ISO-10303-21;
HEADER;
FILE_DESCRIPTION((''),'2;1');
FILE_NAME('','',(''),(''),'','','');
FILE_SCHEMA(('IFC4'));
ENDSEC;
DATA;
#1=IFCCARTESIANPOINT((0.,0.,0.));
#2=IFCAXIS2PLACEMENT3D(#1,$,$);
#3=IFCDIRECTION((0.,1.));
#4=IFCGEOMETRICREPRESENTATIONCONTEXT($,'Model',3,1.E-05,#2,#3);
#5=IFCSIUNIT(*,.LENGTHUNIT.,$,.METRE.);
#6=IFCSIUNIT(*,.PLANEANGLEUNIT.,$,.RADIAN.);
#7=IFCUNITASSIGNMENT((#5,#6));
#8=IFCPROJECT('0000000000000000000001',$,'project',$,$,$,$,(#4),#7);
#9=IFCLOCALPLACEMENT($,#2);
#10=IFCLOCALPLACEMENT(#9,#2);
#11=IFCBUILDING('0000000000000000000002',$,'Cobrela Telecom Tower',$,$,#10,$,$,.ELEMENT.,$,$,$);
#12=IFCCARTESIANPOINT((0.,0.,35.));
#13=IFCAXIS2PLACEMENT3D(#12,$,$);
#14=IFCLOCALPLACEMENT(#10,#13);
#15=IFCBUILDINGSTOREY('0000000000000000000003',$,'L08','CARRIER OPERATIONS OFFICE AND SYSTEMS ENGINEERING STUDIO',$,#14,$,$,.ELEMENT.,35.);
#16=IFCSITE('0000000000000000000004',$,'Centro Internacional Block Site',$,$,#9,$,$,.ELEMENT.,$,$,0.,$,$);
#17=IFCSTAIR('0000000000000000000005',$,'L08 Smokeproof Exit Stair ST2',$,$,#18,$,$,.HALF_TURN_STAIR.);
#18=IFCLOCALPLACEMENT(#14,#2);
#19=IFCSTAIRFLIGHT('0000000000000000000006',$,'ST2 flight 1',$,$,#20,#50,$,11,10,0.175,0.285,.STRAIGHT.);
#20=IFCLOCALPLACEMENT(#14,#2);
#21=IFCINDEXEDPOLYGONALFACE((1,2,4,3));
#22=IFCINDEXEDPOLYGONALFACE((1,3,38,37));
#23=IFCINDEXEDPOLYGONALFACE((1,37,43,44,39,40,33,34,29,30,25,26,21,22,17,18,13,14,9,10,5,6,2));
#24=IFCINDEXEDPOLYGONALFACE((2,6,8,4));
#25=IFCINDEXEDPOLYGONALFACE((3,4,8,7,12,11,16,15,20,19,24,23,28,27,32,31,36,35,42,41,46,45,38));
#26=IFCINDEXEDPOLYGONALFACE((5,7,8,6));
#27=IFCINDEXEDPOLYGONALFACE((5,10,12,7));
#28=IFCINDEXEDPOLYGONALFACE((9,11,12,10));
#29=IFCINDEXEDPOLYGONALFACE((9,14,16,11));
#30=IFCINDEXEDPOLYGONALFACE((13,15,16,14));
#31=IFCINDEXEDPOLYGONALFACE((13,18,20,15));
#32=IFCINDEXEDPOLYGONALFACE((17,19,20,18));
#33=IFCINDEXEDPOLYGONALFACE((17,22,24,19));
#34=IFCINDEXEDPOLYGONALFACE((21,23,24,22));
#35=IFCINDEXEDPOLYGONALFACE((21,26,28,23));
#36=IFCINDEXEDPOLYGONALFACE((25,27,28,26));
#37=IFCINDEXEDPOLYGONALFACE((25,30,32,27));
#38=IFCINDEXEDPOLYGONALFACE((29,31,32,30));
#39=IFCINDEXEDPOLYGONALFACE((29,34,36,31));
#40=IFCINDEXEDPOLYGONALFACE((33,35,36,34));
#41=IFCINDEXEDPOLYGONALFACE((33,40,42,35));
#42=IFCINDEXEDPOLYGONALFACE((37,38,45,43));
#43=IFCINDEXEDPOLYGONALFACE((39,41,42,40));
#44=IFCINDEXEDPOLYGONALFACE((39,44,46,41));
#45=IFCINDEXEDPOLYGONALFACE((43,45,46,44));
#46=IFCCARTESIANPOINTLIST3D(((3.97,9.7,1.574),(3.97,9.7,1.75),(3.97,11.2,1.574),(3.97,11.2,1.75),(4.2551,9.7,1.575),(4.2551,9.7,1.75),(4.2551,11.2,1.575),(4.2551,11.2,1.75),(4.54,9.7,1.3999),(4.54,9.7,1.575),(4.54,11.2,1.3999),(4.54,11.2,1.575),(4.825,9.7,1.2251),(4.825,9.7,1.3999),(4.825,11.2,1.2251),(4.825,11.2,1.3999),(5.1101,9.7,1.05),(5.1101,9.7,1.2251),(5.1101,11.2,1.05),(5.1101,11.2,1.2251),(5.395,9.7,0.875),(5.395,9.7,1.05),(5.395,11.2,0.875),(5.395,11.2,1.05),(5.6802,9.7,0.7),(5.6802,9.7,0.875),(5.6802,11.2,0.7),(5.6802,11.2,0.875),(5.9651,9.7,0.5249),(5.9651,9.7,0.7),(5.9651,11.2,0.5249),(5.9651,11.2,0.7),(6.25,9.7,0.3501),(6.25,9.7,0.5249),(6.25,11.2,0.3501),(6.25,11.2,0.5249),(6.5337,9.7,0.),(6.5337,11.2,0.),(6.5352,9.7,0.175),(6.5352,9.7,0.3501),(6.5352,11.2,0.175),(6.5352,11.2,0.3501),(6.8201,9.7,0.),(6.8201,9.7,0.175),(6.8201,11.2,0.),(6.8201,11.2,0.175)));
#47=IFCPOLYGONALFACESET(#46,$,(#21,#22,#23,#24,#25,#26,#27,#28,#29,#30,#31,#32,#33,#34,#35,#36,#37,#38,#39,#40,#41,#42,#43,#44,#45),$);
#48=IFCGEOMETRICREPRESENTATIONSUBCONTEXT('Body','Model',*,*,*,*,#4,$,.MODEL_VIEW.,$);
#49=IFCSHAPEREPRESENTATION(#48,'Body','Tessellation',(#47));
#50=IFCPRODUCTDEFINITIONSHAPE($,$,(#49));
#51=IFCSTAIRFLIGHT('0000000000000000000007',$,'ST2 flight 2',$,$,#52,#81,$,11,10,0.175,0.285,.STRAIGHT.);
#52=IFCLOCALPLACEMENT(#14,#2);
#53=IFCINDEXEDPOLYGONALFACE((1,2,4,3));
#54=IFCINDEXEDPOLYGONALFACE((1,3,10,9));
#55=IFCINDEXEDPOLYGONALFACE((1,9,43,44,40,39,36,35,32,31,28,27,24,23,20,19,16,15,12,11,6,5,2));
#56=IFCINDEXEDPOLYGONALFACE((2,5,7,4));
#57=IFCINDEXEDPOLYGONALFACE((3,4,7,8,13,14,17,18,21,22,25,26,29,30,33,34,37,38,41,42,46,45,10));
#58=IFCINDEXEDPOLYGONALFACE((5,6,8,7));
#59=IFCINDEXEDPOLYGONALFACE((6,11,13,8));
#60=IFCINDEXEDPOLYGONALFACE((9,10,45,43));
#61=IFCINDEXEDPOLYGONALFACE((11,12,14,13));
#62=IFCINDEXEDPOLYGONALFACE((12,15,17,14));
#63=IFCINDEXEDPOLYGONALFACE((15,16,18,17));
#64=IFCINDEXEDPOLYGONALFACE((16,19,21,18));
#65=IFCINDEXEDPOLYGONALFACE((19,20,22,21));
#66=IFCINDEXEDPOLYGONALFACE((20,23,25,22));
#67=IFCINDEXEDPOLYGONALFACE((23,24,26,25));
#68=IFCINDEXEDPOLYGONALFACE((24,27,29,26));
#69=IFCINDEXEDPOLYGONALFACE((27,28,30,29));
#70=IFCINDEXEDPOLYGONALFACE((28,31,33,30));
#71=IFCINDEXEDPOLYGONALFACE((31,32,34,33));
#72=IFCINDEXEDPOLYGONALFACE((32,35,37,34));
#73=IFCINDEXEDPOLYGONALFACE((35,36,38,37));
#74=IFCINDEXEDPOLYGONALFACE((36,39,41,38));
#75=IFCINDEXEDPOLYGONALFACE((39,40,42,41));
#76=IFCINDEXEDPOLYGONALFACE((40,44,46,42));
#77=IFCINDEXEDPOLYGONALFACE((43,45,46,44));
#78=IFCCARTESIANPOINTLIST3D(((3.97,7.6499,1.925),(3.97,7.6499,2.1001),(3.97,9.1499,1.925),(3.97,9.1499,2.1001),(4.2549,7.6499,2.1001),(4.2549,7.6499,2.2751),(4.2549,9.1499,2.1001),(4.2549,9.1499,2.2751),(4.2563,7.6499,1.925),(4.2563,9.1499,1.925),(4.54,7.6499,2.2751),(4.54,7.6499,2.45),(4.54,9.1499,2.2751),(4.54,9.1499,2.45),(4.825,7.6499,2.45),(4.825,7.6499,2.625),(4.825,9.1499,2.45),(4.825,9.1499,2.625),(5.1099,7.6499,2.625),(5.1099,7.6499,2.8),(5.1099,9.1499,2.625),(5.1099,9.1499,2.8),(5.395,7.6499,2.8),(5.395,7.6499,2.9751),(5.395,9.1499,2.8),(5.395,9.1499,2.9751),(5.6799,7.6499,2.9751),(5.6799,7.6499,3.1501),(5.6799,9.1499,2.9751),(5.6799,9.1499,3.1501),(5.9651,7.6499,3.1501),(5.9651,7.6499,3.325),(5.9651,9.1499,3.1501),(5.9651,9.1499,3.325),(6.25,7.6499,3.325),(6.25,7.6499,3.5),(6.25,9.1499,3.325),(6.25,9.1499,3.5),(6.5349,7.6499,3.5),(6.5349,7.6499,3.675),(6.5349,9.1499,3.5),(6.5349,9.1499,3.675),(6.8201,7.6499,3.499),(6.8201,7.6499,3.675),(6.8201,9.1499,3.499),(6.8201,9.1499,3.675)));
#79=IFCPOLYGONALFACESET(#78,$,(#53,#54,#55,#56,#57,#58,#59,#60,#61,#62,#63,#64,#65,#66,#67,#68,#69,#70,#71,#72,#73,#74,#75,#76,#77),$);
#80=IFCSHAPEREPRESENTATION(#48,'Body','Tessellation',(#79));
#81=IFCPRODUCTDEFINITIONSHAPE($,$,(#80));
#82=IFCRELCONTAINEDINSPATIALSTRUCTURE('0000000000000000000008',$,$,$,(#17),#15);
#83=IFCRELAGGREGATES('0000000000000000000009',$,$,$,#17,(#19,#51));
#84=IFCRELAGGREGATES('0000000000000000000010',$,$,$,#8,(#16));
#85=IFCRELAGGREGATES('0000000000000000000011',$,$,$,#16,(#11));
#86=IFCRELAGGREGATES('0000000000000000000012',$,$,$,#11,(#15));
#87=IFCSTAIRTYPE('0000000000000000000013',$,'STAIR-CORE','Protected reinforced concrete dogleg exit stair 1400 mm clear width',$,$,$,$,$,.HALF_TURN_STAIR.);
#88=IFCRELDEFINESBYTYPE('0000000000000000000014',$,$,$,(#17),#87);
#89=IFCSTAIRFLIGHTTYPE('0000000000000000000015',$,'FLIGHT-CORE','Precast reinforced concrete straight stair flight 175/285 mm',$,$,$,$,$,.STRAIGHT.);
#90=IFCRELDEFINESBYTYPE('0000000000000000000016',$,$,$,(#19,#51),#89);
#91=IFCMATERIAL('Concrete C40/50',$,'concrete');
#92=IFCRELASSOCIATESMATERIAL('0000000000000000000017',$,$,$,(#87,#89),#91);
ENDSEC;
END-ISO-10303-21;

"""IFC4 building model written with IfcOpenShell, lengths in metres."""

from ifc_helpers import new_model, si_unit, direction, frame, origin, place, context, subcontext, project, spatial, polyline, outline, extrude, material, type_object, element, aggregate, save


model = new_model("IFC4")

# Units and contexts
model_context = context("Model", 3, precision=1e-05, world=origin(), true_north=direction((0.0, 1.0)))
body_context = subcontext(model_context, "Body", "Model", "MODEL_VIEW")
ifc_project = project(units=[si_unit("LENGTHUNIT", "METRE"), si_unit("PLANEANGLEUNIT", "RADIAN")], contexts=[model_context])

# Site, building, storey
site_placement = place(None, origin())
site = spatial("IfcSite", under=ifc_project, at=site_placement, Name="Centro Internacional Block Site", CompositionType="ELEMENT", RefElevation=0.0)
building_placement = place(site_placement, origin())
building = spatial("IfcBuilding", under=site, at=building_placement, Name="Cobrela Telecom Tower", CompositionType="ELEMENT")
storey_placement = place(building_placement, frame((0.0, 0.0, 35.0)))
storey = spatial("IfcBuildingStorey", under=building, at=storey_placement, Name="L08", Description="CARRIER OPERATIONS OFFICE AND SYSTEMS ENGINEERING STUDIO", CompositionType="ELEMENT", Elevation=35.0)

# Shared definitions
ifc_material_1 = material(Name="Concrete C40/50", Category="concrete")

# Stair, stair flights
stair_type = type_object("IfcStairType", Name="STAIR-CORE", Description="Protected reinforced concrete dogleg exit stair 1400 mm clear width", PredefinedType="HALF_TURN_STAIR", material=ifc_material_1)
stair_placement = place(storey_placement, origin())
stair = element("IfcStair", 1, at=stair_placement, inside=storey, type_object=stair_type, Name="L08 Smokeproof Exit Stair ST2", PredefinedType="HALF_TURN_STAIR")
stair_flight_type = type_object("IfcStairFlightType", Name="FLIGHT-CORE", Description="Precast reinforced concrete straight stair flight 175/285 mm", PredefinedType="STRAIGHT", material=ifc_material_1)
stair_flight_1_placement = place(storey_placement, frame((6.8201, 10.45, 0.0), z_axis=(0.0, 0.0, 1.0), x_axis=(-1.0, 0.0, 0.0)))
stair_flight_1 = element("IfcStairFlight", 2, at=stair_flight_1_placement, type_object=stair_flight_type, Name="ST2 flight 1", NumberOfRisers=11, NumberOfTreads=10, PredefinedType="STRAIGHT", RiserHeight=0.175, TreadLength=0.285, context=body_context, shape_type="SweptSolid", body=[
    extrude(outline(polyline([(0.0, 0.0), (0.0, 0.175), (0.2849, 0.175), (0.2849, 0.3501), (0.5701, 0.3501), (0.5701, 0.5249), (0.855, 0.5249), (0.855, 0.7), (1.1399, 0.7), (1.1399, 0.875), (1.425, 0.875), (1.425, 1.05), (1.71, 1.05), (1.71, 1.2251), (1.9951, 1.2251), (1.9951, 1.3999), (2.28, 1.3999), (2.28, 1.575), (2.5649, 1.575), (2.5649, 1.75), (2.8501, 1.75), (2.8501, 1.925), (2.8501, 1.574), (0.2864, 0.0), (0.0, 0.0)])), frame((0.0, 0.75, 0.0), z_axis=(0.0, -1.0, 0.0), x_axis=(1.0, 0.0, 0.0)), (0.0, 0.0, 1.0), 1.5),
])
stair_flight_2_placement = place(storey_placement, frame((3.97, 8.3999, 1.925), z_axis=(0.0, 0.0, 1.0), x_axis=(1.0, 0.0, 0.0)))
stair_flight_2 = element("IfcStairFlight", 3, at=stair_flight_2_placement, type_object=stair_flight_type, Name="ST2 flight 2", NumberOfRisers=11, NumberOfTreads=10, PredefinedType="STRAIGHT", RiserHeight=0.175, TreadLength=0.285, context=body_context, shape_type="SweptSolid", body=[
    extrude(outline(polyline([(0.0, 0.0), (0.0, 0.175), (0.2849, 0.175), (0.2849, 0.3501), (0.5701, 0.3501), (0.5701, 0.5249), (0.855, 0.5249), (0.855, 0.7), (1.1399, 0.7), (1.1399, 0.875), (1.425, 0.875), (1.425, 1.05), (1.71, 1.05), (1.71, 1.2251), (1.9951, 1.2251), (1.9951, 1.3999), (2.28, 1.3999), (2.28, 1.575), (2.5649, 1.575), (2.5649, 1.75), (2.8501, 1.75), (2.8501, 1.925), (2.8501, 1.574), (0.2864, 0.0), (0.0, 0.0)])), frame((0.0, 0.75, 0.0), z_axis=(0.0, -1.0, 0.0), x_axis=(1.0, 0.0, 0.0)), (0.0, 0.0, 1.0), 1.5),
])
aggregate(stair, [stair_flight_1, stair_flight_2])

save(model, "model.ifc")
